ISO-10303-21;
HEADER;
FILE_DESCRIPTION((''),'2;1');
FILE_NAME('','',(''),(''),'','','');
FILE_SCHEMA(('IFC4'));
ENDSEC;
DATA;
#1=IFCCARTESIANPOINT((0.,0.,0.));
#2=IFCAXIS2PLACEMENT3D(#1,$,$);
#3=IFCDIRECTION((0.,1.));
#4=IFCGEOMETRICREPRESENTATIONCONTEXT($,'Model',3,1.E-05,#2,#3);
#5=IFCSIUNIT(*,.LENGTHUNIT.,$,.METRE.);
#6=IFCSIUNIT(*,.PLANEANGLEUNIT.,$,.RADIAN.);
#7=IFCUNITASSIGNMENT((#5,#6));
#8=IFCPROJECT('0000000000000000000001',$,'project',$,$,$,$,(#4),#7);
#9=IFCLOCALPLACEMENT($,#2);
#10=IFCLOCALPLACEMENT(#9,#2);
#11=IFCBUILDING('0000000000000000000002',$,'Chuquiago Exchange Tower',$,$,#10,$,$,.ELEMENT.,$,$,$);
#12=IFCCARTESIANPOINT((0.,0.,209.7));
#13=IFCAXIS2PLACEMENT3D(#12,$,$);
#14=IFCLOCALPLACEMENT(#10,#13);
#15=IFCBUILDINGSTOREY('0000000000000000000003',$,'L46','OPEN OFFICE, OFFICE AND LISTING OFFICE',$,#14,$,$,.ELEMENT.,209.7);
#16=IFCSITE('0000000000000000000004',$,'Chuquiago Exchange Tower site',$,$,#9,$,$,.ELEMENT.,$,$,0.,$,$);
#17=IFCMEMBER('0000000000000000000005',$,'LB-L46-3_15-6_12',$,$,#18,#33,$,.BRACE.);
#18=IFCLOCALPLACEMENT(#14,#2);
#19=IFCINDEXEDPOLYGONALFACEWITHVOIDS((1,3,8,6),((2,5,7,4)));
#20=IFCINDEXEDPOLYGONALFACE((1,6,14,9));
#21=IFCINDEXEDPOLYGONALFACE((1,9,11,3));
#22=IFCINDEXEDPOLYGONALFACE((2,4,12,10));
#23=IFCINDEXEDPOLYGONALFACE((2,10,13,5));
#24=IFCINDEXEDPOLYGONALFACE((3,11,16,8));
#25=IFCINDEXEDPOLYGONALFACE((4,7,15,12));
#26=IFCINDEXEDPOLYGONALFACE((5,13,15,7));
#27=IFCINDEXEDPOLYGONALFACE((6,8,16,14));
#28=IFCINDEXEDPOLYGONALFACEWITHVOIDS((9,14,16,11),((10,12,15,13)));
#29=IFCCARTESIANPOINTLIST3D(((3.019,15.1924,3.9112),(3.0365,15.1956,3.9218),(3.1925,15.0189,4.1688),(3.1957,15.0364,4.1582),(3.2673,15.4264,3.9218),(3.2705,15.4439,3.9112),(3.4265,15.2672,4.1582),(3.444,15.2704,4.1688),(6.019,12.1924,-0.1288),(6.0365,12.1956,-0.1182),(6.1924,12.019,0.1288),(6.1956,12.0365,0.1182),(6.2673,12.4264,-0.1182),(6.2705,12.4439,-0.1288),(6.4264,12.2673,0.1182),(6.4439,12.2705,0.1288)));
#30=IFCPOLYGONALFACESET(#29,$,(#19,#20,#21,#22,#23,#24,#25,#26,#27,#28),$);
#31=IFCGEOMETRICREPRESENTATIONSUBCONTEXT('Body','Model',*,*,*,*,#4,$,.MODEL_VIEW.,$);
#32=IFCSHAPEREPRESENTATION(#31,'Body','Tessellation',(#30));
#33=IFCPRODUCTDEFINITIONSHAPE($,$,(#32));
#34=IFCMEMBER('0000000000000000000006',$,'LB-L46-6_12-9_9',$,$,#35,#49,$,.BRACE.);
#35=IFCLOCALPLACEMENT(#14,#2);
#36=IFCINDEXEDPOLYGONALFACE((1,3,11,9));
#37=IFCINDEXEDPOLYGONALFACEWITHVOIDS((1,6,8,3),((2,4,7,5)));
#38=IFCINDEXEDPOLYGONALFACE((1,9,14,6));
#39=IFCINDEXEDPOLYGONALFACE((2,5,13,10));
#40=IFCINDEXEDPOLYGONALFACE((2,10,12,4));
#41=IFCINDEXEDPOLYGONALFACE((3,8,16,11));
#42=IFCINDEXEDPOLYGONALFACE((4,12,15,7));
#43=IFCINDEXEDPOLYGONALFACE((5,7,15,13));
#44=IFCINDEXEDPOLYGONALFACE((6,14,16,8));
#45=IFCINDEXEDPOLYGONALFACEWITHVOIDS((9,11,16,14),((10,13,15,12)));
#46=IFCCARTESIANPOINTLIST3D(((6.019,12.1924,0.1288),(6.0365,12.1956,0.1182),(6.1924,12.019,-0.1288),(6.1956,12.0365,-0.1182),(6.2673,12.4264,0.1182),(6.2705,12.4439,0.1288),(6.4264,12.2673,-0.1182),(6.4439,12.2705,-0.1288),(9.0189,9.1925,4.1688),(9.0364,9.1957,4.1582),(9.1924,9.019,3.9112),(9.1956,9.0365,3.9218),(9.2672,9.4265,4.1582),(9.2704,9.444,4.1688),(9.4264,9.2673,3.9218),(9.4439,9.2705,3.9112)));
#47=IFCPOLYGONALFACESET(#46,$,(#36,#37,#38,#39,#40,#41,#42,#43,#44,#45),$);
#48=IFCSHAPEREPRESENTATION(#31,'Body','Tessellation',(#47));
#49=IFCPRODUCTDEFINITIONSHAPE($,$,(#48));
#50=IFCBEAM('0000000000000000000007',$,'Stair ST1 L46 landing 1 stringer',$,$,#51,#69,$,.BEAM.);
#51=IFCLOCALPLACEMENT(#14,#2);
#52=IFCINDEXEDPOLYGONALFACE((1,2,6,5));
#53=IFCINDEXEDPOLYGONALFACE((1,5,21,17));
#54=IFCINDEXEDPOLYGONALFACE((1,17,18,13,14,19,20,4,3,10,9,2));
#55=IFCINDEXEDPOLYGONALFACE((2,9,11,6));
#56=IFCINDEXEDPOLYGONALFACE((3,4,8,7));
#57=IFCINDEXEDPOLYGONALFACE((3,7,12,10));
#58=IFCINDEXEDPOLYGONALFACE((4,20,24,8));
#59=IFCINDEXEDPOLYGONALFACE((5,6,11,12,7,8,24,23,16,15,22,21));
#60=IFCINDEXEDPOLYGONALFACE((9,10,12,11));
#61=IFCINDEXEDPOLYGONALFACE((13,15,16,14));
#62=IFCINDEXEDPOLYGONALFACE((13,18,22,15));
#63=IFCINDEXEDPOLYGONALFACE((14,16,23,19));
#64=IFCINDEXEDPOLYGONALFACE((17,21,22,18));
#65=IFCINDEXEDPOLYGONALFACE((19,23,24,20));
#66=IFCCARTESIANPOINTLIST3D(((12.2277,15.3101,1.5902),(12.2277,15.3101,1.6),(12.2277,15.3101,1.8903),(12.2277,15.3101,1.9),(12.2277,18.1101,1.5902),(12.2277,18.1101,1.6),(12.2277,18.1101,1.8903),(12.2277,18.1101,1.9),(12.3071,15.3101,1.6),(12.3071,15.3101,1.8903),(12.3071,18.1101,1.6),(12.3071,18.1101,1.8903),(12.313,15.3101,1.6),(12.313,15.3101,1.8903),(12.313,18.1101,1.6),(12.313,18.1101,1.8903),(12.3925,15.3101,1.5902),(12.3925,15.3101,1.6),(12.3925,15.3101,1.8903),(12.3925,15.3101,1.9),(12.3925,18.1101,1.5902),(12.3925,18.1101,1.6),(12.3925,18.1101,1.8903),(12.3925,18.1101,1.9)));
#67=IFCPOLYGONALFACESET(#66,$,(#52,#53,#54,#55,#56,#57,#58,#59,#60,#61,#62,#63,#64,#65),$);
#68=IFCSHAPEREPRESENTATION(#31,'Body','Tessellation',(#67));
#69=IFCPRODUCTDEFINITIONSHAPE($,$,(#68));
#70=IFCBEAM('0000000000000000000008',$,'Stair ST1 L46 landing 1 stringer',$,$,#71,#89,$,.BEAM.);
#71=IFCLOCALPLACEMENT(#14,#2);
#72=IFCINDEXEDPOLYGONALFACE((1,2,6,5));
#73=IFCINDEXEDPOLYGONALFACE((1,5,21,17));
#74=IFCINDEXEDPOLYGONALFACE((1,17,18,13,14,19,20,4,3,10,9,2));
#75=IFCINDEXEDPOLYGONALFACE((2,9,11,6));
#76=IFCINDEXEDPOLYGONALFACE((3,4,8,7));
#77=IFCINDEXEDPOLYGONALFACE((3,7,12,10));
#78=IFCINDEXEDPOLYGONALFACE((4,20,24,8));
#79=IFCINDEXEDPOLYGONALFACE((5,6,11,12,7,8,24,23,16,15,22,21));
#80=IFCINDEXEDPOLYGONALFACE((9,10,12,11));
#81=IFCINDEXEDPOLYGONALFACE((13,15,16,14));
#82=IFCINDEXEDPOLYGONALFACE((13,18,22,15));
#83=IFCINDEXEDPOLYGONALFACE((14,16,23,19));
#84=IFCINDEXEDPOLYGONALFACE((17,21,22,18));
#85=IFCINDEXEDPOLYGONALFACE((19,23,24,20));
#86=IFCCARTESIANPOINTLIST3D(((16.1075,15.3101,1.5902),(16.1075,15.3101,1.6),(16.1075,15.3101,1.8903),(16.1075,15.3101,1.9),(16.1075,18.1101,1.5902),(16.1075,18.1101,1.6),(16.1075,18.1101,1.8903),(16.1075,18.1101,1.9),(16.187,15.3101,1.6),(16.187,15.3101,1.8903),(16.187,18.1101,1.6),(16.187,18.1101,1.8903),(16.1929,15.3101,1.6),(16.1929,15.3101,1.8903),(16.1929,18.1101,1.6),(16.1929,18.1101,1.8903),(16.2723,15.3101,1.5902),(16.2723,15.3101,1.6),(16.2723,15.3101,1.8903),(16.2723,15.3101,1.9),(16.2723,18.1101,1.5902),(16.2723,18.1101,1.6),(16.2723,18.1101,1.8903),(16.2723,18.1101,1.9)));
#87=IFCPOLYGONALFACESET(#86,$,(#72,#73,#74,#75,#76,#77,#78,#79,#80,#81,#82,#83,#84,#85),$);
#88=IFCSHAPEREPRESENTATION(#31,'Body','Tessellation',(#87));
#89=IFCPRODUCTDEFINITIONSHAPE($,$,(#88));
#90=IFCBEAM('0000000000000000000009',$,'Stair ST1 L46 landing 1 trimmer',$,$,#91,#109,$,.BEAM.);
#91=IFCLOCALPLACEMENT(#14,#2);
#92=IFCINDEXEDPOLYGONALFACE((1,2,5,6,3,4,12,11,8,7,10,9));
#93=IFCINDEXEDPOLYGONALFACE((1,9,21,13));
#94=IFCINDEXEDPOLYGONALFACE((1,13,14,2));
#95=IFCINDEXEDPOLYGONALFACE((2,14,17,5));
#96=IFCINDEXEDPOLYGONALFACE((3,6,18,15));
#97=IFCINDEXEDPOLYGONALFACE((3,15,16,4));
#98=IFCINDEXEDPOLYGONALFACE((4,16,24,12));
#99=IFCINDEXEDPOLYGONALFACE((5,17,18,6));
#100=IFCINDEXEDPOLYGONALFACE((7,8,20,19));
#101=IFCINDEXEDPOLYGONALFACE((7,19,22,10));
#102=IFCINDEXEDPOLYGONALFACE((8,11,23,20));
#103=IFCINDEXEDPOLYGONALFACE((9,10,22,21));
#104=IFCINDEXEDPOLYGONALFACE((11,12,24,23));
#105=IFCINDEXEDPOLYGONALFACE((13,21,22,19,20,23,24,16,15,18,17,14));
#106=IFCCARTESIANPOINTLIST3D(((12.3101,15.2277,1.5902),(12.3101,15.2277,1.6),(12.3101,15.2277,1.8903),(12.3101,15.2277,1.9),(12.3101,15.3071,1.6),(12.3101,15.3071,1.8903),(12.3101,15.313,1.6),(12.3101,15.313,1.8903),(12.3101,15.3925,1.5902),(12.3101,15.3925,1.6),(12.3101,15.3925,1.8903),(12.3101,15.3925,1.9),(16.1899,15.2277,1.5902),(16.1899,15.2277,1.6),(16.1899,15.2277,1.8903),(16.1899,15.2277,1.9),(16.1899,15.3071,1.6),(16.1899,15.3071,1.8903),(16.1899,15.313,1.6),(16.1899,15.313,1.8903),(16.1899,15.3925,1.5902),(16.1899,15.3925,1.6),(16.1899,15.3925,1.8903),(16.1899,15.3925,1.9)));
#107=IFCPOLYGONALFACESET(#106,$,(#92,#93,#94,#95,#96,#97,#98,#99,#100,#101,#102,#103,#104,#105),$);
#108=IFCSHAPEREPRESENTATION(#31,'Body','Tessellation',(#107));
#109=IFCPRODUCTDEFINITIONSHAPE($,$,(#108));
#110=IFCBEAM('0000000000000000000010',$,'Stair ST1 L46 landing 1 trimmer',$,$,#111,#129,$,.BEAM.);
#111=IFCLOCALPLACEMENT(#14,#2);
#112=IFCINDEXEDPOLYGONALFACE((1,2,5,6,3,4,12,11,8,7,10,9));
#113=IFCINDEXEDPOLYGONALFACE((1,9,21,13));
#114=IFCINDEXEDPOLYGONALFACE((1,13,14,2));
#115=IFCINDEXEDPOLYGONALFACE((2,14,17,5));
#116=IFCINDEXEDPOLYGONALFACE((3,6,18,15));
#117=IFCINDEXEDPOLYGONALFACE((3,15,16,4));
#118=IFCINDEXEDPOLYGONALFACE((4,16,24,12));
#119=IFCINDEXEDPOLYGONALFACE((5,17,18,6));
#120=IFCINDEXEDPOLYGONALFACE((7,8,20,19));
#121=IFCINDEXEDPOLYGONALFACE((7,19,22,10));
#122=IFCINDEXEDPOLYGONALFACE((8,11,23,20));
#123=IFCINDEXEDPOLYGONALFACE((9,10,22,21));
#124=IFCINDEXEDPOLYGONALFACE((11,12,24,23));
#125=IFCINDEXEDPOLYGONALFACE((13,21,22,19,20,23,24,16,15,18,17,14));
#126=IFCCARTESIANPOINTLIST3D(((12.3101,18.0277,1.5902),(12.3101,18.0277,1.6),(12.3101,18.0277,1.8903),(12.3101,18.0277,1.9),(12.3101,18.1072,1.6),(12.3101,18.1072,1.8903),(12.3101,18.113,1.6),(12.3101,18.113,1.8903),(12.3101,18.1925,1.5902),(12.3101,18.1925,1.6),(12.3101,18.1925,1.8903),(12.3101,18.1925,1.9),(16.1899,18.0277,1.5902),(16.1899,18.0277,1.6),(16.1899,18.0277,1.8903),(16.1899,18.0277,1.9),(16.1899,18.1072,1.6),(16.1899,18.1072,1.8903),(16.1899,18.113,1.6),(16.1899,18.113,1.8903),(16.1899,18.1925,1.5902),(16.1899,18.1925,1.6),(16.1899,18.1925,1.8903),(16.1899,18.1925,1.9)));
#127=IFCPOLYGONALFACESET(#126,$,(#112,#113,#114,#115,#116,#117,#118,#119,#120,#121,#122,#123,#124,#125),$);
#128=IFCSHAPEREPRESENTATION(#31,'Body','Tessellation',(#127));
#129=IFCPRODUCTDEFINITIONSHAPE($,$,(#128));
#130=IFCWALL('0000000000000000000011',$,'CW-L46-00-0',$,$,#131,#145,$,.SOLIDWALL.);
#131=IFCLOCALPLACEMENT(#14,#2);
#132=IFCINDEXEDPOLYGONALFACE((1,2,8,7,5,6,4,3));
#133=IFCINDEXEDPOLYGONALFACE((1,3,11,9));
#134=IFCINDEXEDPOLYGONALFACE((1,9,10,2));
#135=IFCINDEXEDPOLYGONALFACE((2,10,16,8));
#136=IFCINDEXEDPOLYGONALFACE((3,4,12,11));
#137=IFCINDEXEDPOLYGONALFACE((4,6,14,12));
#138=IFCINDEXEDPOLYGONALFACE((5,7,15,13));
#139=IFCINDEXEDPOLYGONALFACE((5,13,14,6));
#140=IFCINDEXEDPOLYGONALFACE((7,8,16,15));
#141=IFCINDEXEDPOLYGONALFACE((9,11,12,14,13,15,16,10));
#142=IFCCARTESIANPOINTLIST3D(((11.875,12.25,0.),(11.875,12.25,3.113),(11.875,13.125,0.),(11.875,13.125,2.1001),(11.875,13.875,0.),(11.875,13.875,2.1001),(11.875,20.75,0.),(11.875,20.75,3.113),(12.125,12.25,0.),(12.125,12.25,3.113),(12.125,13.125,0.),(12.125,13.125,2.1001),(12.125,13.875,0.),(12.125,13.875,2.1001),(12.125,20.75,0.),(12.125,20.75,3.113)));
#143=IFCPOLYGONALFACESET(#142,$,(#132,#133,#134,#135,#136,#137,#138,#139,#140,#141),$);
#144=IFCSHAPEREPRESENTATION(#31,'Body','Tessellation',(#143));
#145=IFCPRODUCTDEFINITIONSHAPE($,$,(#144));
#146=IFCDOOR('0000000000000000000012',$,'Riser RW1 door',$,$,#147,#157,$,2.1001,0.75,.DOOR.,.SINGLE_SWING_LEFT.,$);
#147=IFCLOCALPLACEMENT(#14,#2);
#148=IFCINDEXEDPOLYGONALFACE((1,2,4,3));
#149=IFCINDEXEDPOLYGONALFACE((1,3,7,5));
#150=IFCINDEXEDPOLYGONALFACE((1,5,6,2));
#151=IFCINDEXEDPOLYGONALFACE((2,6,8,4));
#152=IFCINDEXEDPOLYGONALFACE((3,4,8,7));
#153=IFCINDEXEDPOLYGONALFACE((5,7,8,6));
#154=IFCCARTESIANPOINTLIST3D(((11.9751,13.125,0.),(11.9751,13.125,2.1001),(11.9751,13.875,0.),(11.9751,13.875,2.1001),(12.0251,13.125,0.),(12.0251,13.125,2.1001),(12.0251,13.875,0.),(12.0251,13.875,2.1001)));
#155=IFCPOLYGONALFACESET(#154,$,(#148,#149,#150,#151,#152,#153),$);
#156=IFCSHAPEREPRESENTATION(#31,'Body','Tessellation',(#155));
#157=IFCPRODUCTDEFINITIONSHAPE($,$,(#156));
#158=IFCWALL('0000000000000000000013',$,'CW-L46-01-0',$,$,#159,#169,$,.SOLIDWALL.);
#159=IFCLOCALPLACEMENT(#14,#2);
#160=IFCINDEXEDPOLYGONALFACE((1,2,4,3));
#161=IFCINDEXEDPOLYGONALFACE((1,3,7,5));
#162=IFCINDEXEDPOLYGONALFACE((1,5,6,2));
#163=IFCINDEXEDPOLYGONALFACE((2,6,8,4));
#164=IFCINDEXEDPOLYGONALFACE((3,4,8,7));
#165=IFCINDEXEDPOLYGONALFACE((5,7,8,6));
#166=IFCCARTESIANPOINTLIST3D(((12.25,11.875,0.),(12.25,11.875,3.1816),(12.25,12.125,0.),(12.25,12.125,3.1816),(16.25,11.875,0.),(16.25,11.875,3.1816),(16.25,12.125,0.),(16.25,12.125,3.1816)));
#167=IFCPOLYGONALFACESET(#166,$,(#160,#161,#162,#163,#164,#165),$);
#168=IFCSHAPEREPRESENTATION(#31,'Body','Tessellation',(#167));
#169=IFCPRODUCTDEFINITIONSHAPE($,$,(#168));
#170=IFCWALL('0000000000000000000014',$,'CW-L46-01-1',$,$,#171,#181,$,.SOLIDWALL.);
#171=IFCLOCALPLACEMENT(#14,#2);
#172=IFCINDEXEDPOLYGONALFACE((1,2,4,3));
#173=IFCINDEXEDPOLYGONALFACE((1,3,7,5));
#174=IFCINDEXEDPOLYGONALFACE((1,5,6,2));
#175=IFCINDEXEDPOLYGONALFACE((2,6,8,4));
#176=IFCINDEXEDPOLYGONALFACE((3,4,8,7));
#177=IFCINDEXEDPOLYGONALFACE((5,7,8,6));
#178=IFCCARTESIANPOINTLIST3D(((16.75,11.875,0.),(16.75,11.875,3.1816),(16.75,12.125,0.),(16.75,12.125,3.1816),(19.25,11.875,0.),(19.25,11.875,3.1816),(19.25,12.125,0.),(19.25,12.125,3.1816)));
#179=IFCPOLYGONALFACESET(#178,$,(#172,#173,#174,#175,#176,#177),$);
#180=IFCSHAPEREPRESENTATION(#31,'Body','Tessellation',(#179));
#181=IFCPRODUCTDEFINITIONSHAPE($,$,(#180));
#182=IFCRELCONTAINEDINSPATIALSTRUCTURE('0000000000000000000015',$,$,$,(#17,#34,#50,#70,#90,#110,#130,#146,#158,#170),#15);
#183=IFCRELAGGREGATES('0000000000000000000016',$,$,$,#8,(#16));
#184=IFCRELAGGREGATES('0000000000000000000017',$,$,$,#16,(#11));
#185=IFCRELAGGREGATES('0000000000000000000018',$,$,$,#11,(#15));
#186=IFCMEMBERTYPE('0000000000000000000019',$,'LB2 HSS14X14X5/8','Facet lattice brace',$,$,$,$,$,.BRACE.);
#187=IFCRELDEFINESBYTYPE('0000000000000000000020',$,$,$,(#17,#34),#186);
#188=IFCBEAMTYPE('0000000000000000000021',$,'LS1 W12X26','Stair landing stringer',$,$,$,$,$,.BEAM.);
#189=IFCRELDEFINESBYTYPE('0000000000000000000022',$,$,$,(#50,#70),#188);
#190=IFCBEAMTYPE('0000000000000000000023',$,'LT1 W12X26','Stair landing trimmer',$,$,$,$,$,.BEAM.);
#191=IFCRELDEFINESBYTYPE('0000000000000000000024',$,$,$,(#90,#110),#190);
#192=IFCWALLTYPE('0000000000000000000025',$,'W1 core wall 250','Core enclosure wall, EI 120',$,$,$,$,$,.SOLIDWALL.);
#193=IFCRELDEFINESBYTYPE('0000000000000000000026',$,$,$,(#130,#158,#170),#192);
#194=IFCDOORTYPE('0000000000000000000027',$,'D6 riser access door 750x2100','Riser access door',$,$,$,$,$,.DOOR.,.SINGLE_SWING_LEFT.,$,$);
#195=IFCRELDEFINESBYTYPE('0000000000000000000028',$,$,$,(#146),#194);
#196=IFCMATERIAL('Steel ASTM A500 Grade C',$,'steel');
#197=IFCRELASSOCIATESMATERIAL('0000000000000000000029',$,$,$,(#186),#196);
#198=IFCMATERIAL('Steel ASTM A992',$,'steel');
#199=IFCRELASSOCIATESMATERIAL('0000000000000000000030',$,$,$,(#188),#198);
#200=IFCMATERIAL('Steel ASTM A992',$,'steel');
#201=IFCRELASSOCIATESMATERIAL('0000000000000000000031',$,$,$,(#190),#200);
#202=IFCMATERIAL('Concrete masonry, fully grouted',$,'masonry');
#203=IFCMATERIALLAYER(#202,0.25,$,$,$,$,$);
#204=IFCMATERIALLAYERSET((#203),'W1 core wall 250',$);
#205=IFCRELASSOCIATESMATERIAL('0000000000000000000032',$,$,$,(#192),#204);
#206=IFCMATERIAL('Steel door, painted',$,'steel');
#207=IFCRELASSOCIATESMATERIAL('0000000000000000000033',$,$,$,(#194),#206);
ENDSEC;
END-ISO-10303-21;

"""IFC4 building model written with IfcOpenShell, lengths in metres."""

from ifc_helpers import new_model, si_unit, direction, frame, frame_2d, origin, origin_2d, place, context, subcontext, project, spatial, rectangle, hollow_rectangle, i_section, extrude, material, layer, layer_set, material_profile, profile_set, type_object, element, fill, save


model = new_model("IFC4")

# Units and contexts
model_context = context("Model", 3, precision=1e-05, world=origin(), true_north=direction((0.0, 1.0)))
body_context = subcontext(model_context, "Body", "Model", "MODEL_VIEW")
ifc_project = project(units=[si_unit("LENGTHUNIT", "METRE"), si_unit("PLANEANGLEUNIT", "RADIAN")], contexts=[model_context])

# Site, building, storey
site_placement = place(None, origin())
site = spatial("IfcSite", under=ifc_project, at=site_placement, Name="Chuquiago Exchange Tower site", CompositionType="ELEMENT", RefElevation=0.0)
building_placement = place(site_placement, origin())
building = spatial("IfcBuilding", under=site, at=building_placement, Name="Chuquiago Exchange Tower", CompositionType="ELEMENT")
storey_placement = place(building_placement, frame((0.0, 0.0, 209.7)))
storey = spatial("IfcBuildingStorey", under=building, at=storey_placement, Name="L46", Description="OPEN OFFICE, OFFICE AND LISTING OFFICE", CompositionType="ELEMENT", Elevation=209.7)

# Members
ifc_material_1 = material(Name="Steel ASTM A500 Grade C", Category="steel")
ifc_material_profile_1 = material_profile(ifc_material_1, hollow_rectangle(XDim=0.3557, YDim=0.3557, WallThickness=0.0146, at=origin_2d()), Name="HSS14X14X5/8")
ifc_profile_set_1 = profile_set([ifc_material_profile_1], Name="Steel ASTM A500 Grade C")
member_type_1 = type_object("IfcMemberType", Name="LB2 HSS14X14X5/8", Description="Facet lattice brace", PredefinedType="BRACE", material=ifc_profile_set_1)
for number, where, z_axis, x_axis, name in (
    (1, (6.2314, 12.2314, 0.0), (-0.512077, 0.512077, 0.689604), (-0.707107, -0.707107, 0.0), "LB-L46-3_15-6_12"),
    (2, (6.2314, 12.2314, 0.0), (0.512077, -0.512077, 0.689604), (0.707107, 0.707107, 0.0), "LB-L46-6_12-9_9"),
):
    element("IfcMember", number, at=place(storey_placement, frame(where, z_axis=z_axis, x_axis=x_axis)), inside=storey, type_object=member_type_1, Name=name, PredefinedType="BRACE", context=body_context, shape_type="SweptSolid", body=[
        extrude(hollow_rectangle(XDim=0.3557, YDim=0.3557, WallThickness=0.0146, at=origin_2d()), origin(), (0.0, 0.0, 1.0), 5.8584),
    ])

# Beams
ifc_material_2 = material(Name="Steel ASTM A992", Category="steel")
ifc_material_profile_2 = material_profile(ifc_material_2, i_section(OverallWidth=0.1648, OverallDepth=0.3098, WebThickness=0.0059, FlangeThickness=0.0098, at=origin_2d()), Name="W12X26")
ifc_profile_set_2 = profile_set([ifc_material_profile_2], Name="Steel ASTM A992")
beam_type_1 = type_object("IfcBeamType", Name="LS1 W12X26", Description="Stair landing stringer", PredefinedType="BEAM", material=ifc_profile_set_2)
for number, where, z_axis, x_axis, name in (
    (3, (12.3101, 15.3101, 1.7451), (0.0, 1.0, 0.0), (-1.0, 0.0, 0.0), "Stair ST1 L46 landing 1 stringer"),
    (4, (16.1899, 15.3101, 1.7451), (0.0, 1.0, 0.0), (-1.0, 0.0, 0.0), "Stair ST1 L46 landing 1 stringer"),
):
    element("IfcBeam", number, at=place(storey_placement, frame(where, z_axis=z_axis, x_axis=x_axis)), inside=storey, type_object=beam_type_1, Name=name, PredefinedType="BEAM", context=body_context, shape_type="SweptSolid", body=[
        extrude(i_section(OverallWidth=0.1648, OverallDepth=0.3098, WebThickness=0.0059, FlangeThickness=0.0098, at=origin_2d()), origin(), (0.0, 0.0, 1.0), 2.8),
    ])
ifc_material_3 = material(Name="Steel ASTM A992", Category="steel")
ifc_material_profile_3 = material_profile(ifc_material_3, i_section(OverallWidth=0.1648, OverallDepth=0.3098, WebThickness=0.0059, FlangeThickness=0.0098, at=origin_2d()), Name="W12X26")
ifc_profile_set_3 = profile_set([ifc_material_profile_3], Name="Steel ASTM A992")
beam_type_2 = type_object("IfcBeamType", Name="LT1 W12X26", Description="Stair landing trimmer", PredefinedType="BEAM", material=ifc_profile_set_3)
for number, where, z_axis, x_axis, name in (
    (5, (12.3101, 15.3101, 1.7451), (1.0, 0.0, 0.0), (0.0, 1.0, 0.0), "Stair ST1 L46 landing 1 trimmer"),
    (6, (12.3101, 18.1101, 1.7451), (1.0, 0.0, 0.0), (0.0, 1.0, 0.0), "Stair ST1 L46 landing 1 trimmer"),
):
    element("IfcBeam", number, at=place(storey_placement, frame(where, z_axis=z_axis, x_axis=x_axis)), inside=storey, type_object=beam_type_2, Name=name, PredefinedType="BEAM", context=body_context, shape_type="SweptSolid", body=[
        extrude(i_section(OverallWidth=0.1648, OverallDepth=0.3098, WebThickness=0.0059, FlangeThickness=0.0098, at=origin_2d()), origin(), (0.0, 0.0, 1.0), 3.8799),
    ])

# Wall, opening, door
ifc_material_4 = material(Name="Concrete masonry, fully grouted", Category="masonry")
ifc_layer_1 = layer(ifc_material_4, 0.25)
ifc_layer_set_1 = layer_set([ifc_layer_1], Name="W1 core wall 250")
wall_type_1 = type_object("IfcWallType", Name="W1 core wall 250", Description="Core enclosure wall, EI 120", PredefinedType="SOLIDWALL", material=ifc_layer_set_1)
wall_1_placement = place(storey_placement, frame((12.0, 12.25, 0.0), z_axis=(0.0, 0.0, 1.0), x_axis=(0.0, 1.0, 0.0)))
wall_1 = element("IfcWall", 7, at=wall_1_placement, inside=storey, type_object=wall_type_1, Name="CW-L46-00-0", PredefinedType="SOLIDWALL", context=body_context, shape_type="SweptSolid", body=[
    extrude(rectangle(XDim=8.5, YDim=0.25, at=frame_2d((4.25, 0.0))), origin(), (0.0, 0.0, 1.0), 3.113),
])
opening_placement = place(wall_1_placement, frame((0.875, 0.0, 0.0)))
opening = element("IfcOpeningElement", 8, at=opening_placement, cuts=wall_1, PredefinedType="OPENING", context=body_context, shape_type="SweptSolid", body=[
    extrude(rectangle(XDim=0.75, YDim=2.1001, at=frame_2d((0.375, 1.05))), frame((0.0, 0.135, 0.0), z_axis=(0.0, -1.0, 0.0), x_axis=(1.0, 0.0, 0.0)), (0.0, 0.0, 1.0), 0.27),
])
ifc_material_5 = material(Name="Steel door, painted", Category="steel")
door_type = type_object("IfcDoorType", Name="D6 riser access door 750x2100", Description="Riser access door", OperationType="SINGLE_SWING_LEFT", PredefinedType="DOOR", material=ifc_material_5)
door_placement = place(opening_placement, origin())
door = element("IfcDoor", 9, at=door_placement, inside=storey, type_object=door_type, Name="Riser RW1 door", OperationType="SINGLE_SWING_LEFT", OverallHeight=2.1001, OverallWidth=0.75, PredefinedType="DOOR", context=body_context, shape_type="SweptSolid", body=[
    extrude(rectangle(XDim=0.75, YDim=2.1001, at=frame_2d((0.375, 1.05))), frame((0.0, 0.0249, 0.0), z_axis=(0.0, -1.0, 0.0), x_axis=(1.0, 0.0, 0.0)), (0.0, 0.0, 1.0), 0.05),
])
fill(opening, door)

# Walls
wall_2_placement = place(storey_placement, frame((12.25, 12.0, 0.0), z_axis=(0.0, 0.0, 1.0), x_axis=(1.0, 0.0, 0.0)))
element("IfcWall", 10, at=wall_2_placement, inside=storey, type_object=wall_type_1, Name="CW-L46-01-0", PredefinedType="SOLIDWALL", context=body_context, shape_type="SweptSolid", body=[
    extrude(rectangle(XDim=4.0, YDim=0.25, at=frame_2d((2.0, 0.0))), origin(), (0.0, 0.0, 1.0), 3.1816),
])
wall_3_placement = place(storey_placement, frame((16.75, 12.0, 0.0), z_axis=(0.0, 0.0, 1.0), x_axis=(1.0, 0.0, 0.0)))
element("IfcWall", 11, at=wall_3_placement, inside=storey, type_object=wall_type_1, Name="CW-L46-01-1", PredefinedType="SOLIDWALL", context=body_context, shape_type="SweptSolid", body=[
    extrude(rectangle(XDim=2.5, YDim=0.25, at=frame_2d((1.25, 0.0))), origin(), (0.0, 0.0, 1.0), 3.1816),
])

save(model, "model.ifc")
